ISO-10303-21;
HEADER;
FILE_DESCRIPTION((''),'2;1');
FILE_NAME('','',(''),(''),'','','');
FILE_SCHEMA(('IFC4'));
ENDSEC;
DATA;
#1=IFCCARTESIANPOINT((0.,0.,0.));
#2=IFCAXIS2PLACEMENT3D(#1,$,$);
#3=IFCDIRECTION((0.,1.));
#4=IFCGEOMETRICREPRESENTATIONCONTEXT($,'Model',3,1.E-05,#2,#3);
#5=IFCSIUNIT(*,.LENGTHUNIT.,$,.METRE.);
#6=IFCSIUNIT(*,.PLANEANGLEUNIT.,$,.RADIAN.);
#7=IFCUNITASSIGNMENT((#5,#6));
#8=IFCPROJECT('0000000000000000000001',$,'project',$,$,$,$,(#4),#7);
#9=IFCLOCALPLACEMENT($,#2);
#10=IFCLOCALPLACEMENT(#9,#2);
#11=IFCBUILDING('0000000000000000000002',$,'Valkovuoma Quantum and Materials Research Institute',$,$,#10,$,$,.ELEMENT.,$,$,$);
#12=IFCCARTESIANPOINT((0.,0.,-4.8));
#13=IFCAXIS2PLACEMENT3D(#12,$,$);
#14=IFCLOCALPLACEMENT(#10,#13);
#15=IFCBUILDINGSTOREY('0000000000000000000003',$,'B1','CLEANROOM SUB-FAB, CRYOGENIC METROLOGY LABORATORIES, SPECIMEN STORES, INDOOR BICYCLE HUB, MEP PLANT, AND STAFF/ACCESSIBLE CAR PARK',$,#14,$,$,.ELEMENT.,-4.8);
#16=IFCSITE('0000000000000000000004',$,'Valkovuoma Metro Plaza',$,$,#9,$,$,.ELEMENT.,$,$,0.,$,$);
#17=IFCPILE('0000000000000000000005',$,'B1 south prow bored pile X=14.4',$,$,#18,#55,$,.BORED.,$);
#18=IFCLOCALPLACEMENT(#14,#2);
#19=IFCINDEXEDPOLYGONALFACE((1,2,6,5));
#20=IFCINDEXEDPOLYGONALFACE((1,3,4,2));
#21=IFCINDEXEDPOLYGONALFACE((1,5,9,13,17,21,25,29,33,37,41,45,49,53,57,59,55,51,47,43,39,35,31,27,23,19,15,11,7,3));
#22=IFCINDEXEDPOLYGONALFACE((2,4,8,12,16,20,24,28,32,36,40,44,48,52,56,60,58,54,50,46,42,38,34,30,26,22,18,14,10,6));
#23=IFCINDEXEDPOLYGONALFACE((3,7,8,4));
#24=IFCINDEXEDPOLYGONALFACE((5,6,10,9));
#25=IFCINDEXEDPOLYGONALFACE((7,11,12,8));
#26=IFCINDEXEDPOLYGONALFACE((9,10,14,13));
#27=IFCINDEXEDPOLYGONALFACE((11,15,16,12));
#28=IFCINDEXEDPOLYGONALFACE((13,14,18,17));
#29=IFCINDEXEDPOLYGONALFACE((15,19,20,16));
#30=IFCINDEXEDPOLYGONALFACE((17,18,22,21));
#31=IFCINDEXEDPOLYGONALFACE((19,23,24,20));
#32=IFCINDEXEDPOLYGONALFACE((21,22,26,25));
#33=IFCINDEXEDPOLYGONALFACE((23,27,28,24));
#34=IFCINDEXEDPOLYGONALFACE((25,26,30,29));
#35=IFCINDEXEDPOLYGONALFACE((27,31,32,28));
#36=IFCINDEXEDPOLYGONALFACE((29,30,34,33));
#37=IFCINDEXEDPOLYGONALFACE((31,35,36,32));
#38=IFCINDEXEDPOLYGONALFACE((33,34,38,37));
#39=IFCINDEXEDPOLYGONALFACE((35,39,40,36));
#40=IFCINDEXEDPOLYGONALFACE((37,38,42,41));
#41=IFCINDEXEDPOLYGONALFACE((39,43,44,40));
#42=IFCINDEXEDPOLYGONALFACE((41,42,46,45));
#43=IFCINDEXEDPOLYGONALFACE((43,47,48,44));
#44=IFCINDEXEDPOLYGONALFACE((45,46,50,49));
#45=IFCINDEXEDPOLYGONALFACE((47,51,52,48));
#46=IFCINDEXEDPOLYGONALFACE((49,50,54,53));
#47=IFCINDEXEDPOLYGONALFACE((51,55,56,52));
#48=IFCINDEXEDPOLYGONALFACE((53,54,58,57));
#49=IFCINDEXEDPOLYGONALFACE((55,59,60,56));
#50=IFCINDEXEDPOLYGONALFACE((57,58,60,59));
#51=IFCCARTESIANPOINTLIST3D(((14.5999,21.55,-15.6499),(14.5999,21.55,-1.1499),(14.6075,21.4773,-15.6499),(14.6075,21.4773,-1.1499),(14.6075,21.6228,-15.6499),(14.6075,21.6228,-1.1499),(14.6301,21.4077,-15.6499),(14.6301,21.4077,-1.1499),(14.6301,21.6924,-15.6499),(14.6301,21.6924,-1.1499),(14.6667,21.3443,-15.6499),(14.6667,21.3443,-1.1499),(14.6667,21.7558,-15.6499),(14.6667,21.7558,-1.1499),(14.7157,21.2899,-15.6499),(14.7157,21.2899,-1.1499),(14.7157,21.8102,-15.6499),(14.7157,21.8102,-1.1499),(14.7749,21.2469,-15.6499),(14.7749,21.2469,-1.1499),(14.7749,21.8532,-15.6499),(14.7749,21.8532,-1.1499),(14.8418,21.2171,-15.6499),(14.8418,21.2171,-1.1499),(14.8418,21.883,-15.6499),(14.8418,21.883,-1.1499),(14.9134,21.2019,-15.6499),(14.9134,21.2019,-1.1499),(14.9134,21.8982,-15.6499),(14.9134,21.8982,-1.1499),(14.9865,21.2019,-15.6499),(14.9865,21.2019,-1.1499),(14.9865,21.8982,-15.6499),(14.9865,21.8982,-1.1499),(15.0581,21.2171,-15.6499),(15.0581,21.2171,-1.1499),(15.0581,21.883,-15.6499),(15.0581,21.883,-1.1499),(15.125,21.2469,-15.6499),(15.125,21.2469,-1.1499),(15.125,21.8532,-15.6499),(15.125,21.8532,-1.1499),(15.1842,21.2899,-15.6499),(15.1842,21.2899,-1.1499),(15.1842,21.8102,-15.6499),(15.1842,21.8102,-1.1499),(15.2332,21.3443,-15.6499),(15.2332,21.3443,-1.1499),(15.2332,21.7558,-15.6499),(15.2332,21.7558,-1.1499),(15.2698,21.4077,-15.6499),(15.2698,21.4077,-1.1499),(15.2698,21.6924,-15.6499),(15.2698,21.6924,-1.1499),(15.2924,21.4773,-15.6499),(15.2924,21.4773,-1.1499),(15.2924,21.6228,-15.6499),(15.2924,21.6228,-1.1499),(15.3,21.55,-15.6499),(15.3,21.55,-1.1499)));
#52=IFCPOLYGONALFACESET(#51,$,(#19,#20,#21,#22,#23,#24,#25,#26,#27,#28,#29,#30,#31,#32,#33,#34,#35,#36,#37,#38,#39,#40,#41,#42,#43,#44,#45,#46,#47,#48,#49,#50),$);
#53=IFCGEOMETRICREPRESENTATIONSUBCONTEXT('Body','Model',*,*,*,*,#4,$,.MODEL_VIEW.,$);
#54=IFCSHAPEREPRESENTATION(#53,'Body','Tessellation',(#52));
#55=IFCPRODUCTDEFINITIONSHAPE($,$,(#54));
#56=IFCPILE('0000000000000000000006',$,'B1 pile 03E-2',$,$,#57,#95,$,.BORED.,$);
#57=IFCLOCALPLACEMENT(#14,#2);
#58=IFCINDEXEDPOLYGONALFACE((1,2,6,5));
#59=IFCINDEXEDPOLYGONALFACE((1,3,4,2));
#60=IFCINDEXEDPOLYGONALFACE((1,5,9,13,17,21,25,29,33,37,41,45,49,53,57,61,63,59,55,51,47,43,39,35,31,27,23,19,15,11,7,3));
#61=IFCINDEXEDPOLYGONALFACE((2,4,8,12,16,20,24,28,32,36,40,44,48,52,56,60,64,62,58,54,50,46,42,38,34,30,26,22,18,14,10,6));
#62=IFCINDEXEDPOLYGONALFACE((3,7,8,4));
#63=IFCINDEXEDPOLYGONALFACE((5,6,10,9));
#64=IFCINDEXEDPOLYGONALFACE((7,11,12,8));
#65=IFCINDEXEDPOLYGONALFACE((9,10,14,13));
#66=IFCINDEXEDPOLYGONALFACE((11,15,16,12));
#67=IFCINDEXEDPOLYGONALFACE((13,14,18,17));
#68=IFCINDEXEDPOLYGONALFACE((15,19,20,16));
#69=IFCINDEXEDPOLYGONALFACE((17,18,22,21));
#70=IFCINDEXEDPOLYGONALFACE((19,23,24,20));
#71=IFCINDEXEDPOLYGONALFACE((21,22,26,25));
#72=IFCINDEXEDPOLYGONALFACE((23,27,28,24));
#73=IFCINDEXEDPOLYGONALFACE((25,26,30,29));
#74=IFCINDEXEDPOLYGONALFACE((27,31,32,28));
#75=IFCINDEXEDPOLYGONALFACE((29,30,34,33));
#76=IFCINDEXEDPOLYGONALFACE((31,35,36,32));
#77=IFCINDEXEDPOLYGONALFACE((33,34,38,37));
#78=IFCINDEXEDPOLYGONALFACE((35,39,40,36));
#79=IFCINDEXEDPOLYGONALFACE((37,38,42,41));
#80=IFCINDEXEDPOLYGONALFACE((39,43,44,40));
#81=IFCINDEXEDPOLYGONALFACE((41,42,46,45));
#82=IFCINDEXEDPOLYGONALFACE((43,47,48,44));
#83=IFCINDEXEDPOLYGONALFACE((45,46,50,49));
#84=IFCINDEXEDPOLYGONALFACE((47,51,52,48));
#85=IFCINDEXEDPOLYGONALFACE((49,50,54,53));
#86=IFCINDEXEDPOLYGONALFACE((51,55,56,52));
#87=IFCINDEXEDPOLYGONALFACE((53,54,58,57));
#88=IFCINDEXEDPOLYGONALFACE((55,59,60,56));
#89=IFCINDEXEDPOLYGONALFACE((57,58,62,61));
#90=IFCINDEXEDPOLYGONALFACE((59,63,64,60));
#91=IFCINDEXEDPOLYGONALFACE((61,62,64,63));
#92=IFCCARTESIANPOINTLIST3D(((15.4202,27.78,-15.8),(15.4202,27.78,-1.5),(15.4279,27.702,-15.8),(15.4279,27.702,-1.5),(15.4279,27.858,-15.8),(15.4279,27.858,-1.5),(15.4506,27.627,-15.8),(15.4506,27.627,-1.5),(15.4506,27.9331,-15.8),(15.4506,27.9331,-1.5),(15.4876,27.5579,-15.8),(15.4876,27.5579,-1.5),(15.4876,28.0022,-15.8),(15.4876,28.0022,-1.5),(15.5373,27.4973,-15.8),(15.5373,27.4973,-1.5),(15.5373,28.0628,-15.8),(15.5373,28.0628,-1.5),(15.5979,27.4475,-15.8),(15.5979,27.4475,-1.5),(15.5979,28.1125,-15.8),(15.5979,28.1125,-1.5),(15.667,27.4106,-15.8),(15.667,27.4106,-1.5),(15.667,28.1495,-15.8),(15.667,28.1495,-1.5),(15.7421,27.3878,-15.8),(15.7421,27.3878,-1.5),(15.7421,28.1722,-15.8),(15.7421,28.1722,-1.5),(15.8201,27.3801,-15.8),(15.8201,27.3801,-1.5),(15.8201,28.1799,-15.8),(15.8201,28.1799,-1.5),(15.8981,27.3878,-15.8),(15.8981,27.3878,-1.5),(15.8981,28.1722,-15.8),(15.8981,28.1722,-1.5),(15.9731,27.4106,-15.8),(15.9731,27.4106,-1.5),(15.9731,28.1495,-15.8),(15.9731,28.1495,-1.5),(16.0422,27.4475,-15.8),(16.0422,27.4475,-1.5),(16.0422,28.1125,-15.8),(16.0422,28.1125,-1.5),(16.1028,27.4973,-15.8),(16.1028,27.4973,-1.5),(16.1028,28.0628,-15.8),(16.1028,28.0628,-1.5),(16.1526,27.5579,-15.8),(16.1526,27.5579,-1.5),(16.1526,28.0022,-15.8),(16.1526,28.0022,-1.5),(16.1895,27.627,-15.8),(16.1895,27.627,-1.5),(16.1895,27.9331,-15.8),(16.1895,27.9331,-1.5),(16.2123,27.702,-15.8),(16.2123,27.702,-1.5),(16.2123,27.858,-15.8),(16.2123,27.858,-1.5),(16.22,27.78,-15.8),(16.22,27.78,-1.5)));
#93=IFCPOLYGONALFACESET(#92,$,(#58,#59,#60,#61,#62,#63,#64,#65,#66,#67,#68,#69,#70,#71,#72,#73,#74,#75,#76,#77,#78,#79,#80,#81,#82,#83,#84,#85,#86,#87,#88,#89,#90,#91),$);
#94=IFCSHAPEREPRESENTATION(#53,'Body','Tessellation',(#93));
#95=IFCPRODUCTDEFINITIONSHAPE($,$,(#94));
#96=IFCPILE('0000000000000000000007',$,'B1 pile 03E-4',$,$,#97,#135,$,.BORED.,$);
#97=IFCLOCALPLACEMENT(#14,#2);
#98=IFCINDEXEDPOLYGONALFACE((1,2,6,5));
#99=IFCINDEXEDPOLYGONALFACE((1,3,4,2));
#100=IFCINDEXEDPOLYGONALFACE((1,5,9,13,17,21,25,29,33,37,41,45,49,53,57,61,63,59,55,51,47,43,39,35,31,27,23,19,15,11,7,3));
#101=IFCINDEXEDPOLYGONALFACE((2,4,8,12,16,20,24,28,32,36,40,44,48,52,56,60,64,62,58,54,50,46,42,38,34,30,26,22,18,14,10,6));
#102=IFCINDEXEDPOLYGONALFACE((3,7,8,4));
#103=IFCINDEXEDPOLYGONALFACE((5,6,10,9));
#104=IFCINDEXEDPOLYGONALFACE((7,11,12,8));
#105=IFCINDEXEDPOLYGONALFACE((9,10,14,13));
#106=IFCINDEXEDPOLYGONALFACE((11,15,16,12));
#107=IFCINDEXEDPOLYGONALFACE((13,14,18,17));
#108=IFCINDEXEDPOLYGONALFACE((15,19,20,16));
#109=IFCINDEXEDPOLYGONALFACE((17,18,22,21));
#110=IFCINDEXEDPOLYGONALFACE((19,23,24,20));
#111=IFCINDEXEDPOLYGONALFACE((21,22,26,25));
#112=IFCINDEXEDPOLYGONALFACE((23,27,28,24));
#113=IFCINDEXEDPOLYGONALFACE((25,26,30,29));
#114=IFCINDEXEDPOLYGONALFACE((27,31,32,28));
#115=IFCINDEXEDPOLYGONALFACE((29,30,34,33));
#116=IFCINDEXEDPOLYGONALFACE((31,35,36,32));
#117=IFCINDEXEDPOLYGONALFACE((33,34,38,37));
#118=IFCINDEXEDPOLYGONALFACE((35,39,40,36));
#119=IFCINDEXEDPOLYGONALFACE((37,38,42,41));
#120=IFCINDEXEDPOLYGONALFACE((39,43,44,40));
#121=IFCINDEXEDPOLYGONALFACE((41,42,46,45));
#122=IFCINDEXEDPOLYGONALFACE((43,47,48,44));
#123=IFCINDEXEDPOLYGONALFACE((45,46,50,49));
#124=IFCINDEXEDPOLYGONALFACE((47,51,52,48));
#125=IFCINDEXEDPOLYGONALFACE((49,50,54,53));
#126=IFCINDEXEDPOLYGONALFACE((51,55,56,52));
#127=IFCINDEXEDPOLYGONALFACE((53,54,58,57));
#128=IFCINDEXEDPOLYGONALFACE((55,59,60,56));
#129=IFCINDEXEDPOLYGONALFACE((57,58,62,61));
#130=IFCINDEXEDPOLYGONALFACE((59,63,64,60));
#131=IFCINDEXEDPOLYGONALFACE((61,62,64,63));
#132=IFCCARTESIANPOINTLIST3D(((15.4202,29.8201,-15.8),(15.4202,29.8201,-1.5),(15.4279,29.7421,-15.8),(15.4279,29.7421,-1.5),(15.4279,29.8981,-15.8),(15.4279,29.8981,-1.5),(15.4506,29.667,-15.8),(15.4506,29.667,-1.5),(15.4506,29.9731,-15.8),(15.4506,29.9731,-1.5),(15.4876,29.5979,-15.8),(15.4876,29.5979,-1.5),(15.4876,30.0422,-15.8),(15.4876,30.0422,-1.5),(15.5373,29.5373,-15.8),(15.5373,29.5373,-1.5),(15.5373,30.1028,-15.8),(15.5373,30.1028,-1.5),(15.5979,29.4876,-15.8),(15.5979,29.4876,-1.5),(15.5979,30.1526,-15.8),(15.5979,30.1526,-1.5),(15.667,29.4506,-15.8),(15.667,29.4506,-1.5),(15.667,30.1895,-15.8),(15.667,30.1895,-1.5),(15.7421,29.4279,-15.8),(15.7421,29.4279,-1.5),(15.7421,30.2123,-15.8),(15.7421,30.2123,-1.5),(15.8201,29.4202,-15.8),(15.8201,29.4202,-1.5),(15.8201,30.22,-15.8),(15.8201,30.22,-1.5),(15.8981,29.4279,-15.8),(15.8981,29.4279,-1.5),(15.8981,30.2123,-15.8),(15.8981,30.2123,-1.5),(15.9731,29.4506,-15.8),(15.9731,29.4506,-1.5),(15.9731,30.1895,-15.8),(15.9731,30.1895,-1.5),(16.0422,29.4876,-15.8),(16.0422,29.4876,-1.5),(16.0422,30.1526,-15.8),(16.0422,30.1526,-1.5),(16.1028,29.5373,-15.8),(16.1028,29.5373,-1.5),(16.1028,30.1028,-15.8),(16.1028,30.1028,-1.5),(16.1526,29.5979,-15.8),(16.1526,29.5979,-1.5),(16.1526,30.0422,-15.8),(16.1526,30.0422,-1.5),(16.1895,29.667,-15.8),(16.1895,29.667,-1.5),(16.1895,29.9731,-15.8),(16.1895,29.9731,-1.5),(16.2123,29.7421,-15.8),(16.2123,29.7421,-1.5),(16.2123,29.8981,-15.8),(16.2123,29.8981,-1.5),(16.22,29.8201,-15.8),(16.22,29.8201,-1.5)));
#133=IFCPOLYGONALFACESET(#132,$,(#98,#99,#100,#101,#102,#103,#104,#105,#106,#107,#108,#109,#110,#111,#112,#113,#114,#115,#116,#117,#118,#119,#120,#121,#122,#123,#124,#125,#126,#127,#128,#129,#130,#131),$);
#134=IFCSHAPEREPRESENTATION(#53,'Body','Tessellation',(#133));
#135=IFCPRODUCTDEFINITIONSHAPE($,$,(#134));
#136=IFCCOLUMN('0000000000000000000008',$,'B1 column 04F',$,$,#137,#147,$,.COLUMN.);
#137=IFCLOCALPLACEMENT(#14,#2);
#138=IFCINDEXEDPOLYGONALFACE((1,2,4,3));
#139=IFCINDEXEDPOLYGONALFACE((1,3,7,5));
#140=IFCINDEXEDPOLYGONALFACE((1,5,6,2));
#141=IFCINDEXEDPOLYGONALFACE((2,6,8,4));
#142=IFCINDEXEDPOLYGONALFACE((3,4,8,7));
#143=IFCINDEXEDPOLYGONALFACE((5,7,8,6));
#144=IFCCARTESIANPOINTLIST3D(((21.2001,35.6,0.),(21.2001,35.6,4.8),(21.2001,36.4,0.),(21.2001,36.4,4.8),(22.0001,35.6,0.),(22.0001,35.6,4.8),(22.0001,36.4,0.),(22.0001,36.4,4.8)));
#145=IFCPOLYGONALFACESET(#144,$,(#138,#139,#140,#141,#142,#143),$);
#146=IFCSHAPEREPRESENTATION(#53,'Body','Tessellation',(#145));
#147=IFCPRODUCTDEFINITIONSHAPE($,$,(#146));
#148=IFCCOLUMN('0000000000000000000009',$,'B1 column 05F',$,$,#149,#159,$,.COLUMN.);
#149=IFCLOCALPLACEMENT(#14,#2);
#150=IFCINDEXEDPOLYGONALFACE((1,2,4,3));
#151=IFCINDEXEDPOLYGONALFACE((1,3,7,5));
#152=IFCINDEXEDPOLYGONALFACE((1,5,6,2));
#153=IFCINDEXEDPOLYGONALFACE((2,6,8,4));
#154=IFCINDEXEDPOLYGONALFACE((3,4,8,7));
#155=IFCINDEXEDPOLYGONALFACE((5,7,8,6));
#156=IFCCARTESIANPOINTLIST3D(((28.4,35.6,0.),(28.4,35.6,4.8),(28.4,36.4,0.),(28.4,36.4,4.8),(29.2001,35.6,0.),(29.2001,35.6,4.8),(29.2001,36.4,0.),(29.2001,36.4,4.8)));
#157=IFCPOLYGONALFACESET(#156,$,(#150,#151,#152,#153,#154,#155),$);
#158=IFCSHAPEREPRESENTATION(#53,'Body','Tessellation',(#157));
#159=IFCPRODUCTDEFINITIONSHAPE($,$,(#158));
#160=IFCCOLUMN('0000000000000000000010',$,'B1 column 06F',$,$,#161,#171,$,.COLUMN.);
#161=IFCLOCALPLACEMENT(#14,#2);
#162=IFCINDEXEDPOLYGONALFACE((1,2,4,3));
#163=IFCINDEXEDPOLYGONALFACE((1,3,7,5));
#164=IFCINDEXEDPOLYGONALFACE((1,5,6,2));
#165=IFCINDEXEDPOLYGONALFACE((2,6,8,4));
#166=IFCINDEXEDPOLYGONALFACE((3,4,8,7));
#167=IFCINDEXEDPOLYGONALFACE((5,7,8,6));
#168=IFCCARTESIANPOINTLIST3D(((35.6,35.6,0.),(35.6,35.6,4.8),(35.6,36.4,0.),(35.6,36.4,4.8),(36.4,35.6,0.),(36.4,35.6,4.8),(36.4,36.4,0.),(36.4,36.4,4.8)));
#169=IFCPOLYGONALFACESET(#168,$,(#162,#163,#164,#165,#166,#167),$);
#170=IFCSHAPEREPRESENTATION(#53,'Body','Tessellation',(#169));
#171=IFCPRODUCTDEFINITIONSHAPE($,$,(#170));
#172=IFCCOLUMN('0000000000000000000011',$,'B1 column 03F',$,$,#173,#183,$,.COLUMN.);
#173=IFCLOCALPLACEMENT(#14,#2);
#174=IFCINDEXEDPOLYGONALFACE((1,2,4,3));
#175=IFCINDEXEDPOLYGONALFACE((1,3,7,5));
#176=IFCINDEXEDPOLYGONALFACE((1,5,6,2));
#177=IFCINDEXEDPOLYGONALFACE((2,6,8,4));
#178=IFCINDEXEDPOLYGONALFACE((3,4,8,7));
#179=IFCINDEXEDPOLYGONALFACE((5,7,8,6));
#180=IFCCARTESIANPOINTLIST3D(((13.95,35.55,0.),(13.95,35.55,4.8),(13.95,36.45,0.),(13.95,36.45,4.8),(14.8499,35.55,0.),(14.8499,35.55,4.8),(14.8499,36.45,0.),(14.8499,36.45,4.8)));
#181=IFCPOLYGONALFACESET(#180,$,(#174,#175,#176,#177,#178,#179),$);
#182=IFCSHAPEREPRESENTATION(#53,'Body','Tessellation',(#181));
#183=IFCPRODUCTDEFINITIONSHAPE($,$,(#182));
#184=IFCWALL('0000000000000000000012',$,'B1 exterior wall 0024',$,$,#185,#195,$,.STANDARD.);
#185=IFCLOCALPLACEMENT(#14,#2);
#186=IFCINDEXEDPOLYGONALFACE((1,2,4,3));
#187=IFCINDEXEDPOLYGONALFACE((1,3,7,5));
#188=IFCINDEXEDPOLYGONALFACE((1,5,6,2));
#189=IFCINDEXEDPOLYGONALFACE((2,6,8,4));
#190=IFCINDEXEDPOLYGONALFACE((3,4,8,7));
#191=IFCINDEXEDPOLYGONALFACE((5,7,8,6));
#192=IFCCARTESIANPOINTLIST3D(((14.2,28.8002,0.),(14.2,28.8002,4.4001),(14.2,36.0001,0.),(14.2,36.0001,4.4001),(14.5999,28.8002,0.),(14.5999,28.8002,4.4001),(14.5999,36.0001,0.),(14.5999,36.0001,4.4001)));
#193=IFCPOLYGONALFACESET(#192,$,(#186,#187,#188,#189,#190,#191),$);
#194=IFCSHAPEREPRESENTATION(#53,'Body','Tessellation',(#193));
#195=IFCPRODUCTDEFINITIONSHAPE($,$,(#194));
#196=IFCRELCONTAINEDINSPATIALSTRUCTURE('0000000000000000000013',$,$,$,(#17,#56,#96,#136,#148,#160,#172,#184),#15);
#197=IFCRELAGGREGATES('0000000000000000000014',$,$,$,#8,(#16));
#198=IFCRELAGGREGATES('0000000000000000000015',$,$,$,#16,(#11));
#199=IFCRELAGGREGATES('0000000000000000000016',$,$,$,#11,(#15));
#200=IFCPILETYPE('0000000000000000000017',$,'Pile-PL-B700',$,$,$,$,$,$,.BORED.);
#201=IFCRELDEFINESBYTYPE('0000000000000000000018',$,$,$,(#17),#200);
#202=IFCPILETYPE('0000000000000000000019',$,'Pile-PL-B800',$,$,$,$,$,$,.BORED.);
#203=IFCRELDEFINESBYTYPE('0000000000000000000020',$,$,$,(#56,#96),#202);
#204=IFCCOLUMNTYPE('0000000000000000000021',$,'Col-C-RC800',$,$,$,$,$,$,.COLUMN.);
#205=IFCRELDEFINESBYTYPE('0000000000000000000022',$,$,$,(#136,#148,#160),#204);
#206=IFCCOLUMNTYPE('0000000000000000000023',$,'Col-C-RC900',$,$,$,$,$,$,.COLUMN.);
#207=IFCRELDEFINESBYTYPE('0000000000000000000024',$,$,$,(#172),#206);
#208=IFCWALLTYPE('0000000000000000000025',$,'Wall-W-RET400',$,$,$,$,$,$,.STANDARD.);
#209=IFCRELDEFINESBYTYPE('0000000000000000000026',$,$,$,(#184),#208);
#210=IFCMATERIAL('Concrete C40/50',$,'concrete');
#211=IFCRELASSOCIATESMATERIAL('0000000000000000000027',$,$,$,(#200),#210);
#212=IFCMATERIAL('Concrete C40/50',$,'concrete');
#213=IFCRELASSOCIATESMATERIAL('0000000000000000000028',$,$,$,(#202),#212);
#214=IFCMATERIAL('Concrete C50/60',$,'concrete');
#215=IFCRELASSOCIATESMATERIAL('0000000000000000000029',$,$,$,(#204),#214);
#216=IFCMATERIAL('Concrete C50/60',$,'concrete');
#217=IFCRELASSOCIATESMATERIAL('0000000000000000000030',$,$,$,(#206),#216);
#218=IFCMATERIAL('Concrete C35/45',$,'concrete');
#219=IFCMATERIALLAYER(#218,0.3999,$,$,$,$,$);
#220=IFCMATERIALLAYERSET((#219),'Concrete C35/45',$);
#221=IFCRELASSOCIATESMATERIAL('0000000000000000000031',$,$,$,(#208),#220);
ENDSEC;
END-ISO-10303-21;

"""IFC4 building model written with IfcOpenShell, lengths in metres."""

from ifc_helpers import new_model, si_unit, direction, frame, frame_2d, origin, origin_2d, place, context, subcontext, project, spatial, rectangle, circle, extrude, material, layer, layer_set, material_profile, profile_set, type_object, element, save


model = new_model("IFC4")

# Units and contexts
model_context = context("Model", 3, precision=1e-05, world=origin(), true_north=direction((0.0, 1.0)))
body_context = subcontext(model_context, "Body", "Model", "MODEL_VIEW")
ifc_project = project(units=[si_unit("LENGTHUNIT", "METRE"), si_unit("PLANEANGLEUNIT", "RADIAN")], contexts=[model_context])

# Site, building, storey
site_placement = place(None, origin())
site = spatial("IfcSite", under=ifc_project, at=site_placement, Name="Valkovuoma Metro Plaza", CompositionType="ELEMENT", RefElevation=0.0)
building_placement = place(site_placement, origin())
building = spatial("IfcBuilding", under=site, at=building_placement, Name="Valkovuoma Quantum and Materials Research Institute", CompositionType="ELEMENT")
storey_placement = place(building_placement, frame((0.0, 0.0, -4.8)))
storey = spatial("IfcBuildingStorey", under=building, at=storey_placement, Name="B1", Description="CLEANROOM SUB-FAB, CRYOGENIC METROLOGY LABORATORIES, SPECIMEN STORES, INDOOR BICYCLE HUB, MEP PLANT, AND STAFF/ACCESSIBLE CAR PARK", CompositionType="ELEMENT", Elevation=-4.8)

# Piles
ifc_material_1 = material(Name="Concrete C40/50", Category="concrete")
ifc_material_profile_1 = material_profile(ifc_material_1, circle(Radius=0.3501, at=origin_2d()), Name="Concrete C40/50")
ifc_profile_set_1 = profile_set([ifc_material_profile_1], Name="Concrete C40/50")
pile_type_1 = type_object("IfcPileType", Name="Pile-PL-B700", PredefinedType="BORED", material=ifc_profile_set_1)
pile_placement = place(storey_placement, frame((14.95, 21.55, -1.1499), z_axis=(0.0, 0.0, -1.0), x_axis=(1.0, 0.0, 0.0)))
element("IfcPile", 1, at=pile_placement, inside=storey, type_object=pile_type_1, Name="B1 south prow bored pile X=14.4", PredefinedType="BORED", context=body_context, shape_type="SweptSolid", body=[
    extrude(circle(Radius=0.3501, at=origin_2d()), origin(), (0.0, 0.0, 1.0), 14.5),
])
ifc_material_2 = material(Name="Concrete C40/50", Category="concrete")
ifc_material_profile_2 = material_profile(ifc_material_2, circle(Radius=0.3999, at=origin_2d()), Name="Concrete C40/50")
ifc_profile_set_2 = profile_set([ifc_material_profile_2], Name="Concrete C40/50")
pile_type_2 = type_object("IfcPileType", Name="Pile-PL-B800", PredefinedType="BORED", material=ifc_profile_set_2)
for number, where, z_axis, x_axis, name in (
    (2, (15.8201, 27.78, -1.5), (0.0, 0.0, -1.0), (1.0, 0.0, 0.0), "B1 pile 03E-2"),
    (3, (15.8201, 29.8201, -1.5), (0.0, 0.0, -1.0), (1.0, 0.0, 0.0), "B1 pile 03E-4"),
):
    element("IfcPile", number, at=place(storey_placement, frame(where, z_axis=z_axis, x_axis=x_axis)), inside=storey, type_object=pile_type_2, Name=name, PredefinedType="BORED", context=body_context, shape_type="SweptSolid", body=[
        extrude(circle(Radius=0.3999, at=origin_2d()), origin(), (0.0, 0.0, 1.0), 14.3),
    ])

# Columns
ifc_material_3 = material(Name="Concrete C50/60", Category="concrete")
ifc_material_profile_3 = material_profile(ifc_material_3, rectangle(XDim=0.8, YDim=0.8, at=origin_2d()), Name="Concrete C50/60")
ifc_profile_set_3 = profile_set([ifc_material_profile_3], Name="Concrete C50/60")
column_type_1 = type_object("IfcColumnType", Name="Col-C-RC800", PredefinedType="COLUMN", material=ifc_profile_set_3)
for number, where, z_axis, x_axis, name in (
    (4, (21.6001, 36.0, 0.0), (0.0, 0.0, 1.0), (1.0, 0.0, 0.0), "B1 column 04F"),
    (5, (28.8, 36.0, 0.0), (0.0, 0.0, 1.0), (1.0, 0.0, 0.0), "B1 column 05F"),
    (6, (36.0, 36.0, 0.0), (0.0, 0.0, 1.0), (1.0, 0.0, 0.0), "B1 column 06F"),
):
    element("IfcColumn", number, at=place(storey_placement, frame(where, z_axis=z_axis, x_axis=x_axis)), inside=storey, type_object=column_type_1, Name=name, PredefinedType="COLUMN", context=body_context, shape_type="SweptSolid", body=[
        extrude(rectangle(XDim=0.8, YDim=0.8, at=origin_2d()), origin(), (0.0, 0.0, 1.0), 4.8),
    ])
ifc_material_4 = material(Name="Concrete C50/60", Category="concrete")
ifc_material_profile_4 = material_profile(ifc_material_4, rectangle(XDim=0.8999, YDim=0.8999, at=origin_2d()), Name="Concrete C50/60")
ifc_profile_set_4 = profile_set([ifc_material_profile_4], Name="Concrete C50/60")
column_type_2 = type_object("IfcColumnType", Name="Col-C-RC900", PredefinedType="COLUMN", material=ifc_profile_set_4)
column_placement = place(storey_placement, frame((14.3999, 36.0, 0.0), z_axis=(0.0, 0.0, 1.0), x_axis=(1.0, 0.0, 0.0)))
element("IfcColumn", 7, at=column_placement, inside=storey, type_object=column_type_2, Name="B1 column 03F", PredefinedType="COLUMN", context=body_context, shape_type="SweptSolid", body=[
    extrude(rectangle(XDim=0.8999, YDim=0.8999, at=origin_2d()), origin(), (0.0, 0.0, 1.0), 4.8),
])

# Wall
ifc_material_5 = material(Name="Concrete C35/45", Category="concrete")
ifc_layer = layer(ifc_material_5, 0.3999)
ifc_layer_set = layer_set([ifc_layer], Name="Concrete C35/45")
wall_type = type_object("IfcWallType", Name="Wall-W-RET400", PredefinedType="STANDARD", material=ifc_layer_set)
wall_1_placement = place(storey_placement, frame((14.3999, 28.8, 0.0), z_axis=(0.0, 0.0, 1.0), x_axis=(0.0, 1.0, 0.0)))
element("IfcWall", 8, at=wall_1_placement, inside=storey, type_object=wall_type, Name="B1 exterior wall 0024", PredefinedType="STANDARD", context=body_context, shape_type="SweptSolid", body=[
    extrude(rectangle(XDim=7.2, YDim=0.3999, at=frame_2d((3.6001, 0.0))), origin(), (0.0, 0.0, 1.0), 4.4001),
])

save(model, "model.ifc")
